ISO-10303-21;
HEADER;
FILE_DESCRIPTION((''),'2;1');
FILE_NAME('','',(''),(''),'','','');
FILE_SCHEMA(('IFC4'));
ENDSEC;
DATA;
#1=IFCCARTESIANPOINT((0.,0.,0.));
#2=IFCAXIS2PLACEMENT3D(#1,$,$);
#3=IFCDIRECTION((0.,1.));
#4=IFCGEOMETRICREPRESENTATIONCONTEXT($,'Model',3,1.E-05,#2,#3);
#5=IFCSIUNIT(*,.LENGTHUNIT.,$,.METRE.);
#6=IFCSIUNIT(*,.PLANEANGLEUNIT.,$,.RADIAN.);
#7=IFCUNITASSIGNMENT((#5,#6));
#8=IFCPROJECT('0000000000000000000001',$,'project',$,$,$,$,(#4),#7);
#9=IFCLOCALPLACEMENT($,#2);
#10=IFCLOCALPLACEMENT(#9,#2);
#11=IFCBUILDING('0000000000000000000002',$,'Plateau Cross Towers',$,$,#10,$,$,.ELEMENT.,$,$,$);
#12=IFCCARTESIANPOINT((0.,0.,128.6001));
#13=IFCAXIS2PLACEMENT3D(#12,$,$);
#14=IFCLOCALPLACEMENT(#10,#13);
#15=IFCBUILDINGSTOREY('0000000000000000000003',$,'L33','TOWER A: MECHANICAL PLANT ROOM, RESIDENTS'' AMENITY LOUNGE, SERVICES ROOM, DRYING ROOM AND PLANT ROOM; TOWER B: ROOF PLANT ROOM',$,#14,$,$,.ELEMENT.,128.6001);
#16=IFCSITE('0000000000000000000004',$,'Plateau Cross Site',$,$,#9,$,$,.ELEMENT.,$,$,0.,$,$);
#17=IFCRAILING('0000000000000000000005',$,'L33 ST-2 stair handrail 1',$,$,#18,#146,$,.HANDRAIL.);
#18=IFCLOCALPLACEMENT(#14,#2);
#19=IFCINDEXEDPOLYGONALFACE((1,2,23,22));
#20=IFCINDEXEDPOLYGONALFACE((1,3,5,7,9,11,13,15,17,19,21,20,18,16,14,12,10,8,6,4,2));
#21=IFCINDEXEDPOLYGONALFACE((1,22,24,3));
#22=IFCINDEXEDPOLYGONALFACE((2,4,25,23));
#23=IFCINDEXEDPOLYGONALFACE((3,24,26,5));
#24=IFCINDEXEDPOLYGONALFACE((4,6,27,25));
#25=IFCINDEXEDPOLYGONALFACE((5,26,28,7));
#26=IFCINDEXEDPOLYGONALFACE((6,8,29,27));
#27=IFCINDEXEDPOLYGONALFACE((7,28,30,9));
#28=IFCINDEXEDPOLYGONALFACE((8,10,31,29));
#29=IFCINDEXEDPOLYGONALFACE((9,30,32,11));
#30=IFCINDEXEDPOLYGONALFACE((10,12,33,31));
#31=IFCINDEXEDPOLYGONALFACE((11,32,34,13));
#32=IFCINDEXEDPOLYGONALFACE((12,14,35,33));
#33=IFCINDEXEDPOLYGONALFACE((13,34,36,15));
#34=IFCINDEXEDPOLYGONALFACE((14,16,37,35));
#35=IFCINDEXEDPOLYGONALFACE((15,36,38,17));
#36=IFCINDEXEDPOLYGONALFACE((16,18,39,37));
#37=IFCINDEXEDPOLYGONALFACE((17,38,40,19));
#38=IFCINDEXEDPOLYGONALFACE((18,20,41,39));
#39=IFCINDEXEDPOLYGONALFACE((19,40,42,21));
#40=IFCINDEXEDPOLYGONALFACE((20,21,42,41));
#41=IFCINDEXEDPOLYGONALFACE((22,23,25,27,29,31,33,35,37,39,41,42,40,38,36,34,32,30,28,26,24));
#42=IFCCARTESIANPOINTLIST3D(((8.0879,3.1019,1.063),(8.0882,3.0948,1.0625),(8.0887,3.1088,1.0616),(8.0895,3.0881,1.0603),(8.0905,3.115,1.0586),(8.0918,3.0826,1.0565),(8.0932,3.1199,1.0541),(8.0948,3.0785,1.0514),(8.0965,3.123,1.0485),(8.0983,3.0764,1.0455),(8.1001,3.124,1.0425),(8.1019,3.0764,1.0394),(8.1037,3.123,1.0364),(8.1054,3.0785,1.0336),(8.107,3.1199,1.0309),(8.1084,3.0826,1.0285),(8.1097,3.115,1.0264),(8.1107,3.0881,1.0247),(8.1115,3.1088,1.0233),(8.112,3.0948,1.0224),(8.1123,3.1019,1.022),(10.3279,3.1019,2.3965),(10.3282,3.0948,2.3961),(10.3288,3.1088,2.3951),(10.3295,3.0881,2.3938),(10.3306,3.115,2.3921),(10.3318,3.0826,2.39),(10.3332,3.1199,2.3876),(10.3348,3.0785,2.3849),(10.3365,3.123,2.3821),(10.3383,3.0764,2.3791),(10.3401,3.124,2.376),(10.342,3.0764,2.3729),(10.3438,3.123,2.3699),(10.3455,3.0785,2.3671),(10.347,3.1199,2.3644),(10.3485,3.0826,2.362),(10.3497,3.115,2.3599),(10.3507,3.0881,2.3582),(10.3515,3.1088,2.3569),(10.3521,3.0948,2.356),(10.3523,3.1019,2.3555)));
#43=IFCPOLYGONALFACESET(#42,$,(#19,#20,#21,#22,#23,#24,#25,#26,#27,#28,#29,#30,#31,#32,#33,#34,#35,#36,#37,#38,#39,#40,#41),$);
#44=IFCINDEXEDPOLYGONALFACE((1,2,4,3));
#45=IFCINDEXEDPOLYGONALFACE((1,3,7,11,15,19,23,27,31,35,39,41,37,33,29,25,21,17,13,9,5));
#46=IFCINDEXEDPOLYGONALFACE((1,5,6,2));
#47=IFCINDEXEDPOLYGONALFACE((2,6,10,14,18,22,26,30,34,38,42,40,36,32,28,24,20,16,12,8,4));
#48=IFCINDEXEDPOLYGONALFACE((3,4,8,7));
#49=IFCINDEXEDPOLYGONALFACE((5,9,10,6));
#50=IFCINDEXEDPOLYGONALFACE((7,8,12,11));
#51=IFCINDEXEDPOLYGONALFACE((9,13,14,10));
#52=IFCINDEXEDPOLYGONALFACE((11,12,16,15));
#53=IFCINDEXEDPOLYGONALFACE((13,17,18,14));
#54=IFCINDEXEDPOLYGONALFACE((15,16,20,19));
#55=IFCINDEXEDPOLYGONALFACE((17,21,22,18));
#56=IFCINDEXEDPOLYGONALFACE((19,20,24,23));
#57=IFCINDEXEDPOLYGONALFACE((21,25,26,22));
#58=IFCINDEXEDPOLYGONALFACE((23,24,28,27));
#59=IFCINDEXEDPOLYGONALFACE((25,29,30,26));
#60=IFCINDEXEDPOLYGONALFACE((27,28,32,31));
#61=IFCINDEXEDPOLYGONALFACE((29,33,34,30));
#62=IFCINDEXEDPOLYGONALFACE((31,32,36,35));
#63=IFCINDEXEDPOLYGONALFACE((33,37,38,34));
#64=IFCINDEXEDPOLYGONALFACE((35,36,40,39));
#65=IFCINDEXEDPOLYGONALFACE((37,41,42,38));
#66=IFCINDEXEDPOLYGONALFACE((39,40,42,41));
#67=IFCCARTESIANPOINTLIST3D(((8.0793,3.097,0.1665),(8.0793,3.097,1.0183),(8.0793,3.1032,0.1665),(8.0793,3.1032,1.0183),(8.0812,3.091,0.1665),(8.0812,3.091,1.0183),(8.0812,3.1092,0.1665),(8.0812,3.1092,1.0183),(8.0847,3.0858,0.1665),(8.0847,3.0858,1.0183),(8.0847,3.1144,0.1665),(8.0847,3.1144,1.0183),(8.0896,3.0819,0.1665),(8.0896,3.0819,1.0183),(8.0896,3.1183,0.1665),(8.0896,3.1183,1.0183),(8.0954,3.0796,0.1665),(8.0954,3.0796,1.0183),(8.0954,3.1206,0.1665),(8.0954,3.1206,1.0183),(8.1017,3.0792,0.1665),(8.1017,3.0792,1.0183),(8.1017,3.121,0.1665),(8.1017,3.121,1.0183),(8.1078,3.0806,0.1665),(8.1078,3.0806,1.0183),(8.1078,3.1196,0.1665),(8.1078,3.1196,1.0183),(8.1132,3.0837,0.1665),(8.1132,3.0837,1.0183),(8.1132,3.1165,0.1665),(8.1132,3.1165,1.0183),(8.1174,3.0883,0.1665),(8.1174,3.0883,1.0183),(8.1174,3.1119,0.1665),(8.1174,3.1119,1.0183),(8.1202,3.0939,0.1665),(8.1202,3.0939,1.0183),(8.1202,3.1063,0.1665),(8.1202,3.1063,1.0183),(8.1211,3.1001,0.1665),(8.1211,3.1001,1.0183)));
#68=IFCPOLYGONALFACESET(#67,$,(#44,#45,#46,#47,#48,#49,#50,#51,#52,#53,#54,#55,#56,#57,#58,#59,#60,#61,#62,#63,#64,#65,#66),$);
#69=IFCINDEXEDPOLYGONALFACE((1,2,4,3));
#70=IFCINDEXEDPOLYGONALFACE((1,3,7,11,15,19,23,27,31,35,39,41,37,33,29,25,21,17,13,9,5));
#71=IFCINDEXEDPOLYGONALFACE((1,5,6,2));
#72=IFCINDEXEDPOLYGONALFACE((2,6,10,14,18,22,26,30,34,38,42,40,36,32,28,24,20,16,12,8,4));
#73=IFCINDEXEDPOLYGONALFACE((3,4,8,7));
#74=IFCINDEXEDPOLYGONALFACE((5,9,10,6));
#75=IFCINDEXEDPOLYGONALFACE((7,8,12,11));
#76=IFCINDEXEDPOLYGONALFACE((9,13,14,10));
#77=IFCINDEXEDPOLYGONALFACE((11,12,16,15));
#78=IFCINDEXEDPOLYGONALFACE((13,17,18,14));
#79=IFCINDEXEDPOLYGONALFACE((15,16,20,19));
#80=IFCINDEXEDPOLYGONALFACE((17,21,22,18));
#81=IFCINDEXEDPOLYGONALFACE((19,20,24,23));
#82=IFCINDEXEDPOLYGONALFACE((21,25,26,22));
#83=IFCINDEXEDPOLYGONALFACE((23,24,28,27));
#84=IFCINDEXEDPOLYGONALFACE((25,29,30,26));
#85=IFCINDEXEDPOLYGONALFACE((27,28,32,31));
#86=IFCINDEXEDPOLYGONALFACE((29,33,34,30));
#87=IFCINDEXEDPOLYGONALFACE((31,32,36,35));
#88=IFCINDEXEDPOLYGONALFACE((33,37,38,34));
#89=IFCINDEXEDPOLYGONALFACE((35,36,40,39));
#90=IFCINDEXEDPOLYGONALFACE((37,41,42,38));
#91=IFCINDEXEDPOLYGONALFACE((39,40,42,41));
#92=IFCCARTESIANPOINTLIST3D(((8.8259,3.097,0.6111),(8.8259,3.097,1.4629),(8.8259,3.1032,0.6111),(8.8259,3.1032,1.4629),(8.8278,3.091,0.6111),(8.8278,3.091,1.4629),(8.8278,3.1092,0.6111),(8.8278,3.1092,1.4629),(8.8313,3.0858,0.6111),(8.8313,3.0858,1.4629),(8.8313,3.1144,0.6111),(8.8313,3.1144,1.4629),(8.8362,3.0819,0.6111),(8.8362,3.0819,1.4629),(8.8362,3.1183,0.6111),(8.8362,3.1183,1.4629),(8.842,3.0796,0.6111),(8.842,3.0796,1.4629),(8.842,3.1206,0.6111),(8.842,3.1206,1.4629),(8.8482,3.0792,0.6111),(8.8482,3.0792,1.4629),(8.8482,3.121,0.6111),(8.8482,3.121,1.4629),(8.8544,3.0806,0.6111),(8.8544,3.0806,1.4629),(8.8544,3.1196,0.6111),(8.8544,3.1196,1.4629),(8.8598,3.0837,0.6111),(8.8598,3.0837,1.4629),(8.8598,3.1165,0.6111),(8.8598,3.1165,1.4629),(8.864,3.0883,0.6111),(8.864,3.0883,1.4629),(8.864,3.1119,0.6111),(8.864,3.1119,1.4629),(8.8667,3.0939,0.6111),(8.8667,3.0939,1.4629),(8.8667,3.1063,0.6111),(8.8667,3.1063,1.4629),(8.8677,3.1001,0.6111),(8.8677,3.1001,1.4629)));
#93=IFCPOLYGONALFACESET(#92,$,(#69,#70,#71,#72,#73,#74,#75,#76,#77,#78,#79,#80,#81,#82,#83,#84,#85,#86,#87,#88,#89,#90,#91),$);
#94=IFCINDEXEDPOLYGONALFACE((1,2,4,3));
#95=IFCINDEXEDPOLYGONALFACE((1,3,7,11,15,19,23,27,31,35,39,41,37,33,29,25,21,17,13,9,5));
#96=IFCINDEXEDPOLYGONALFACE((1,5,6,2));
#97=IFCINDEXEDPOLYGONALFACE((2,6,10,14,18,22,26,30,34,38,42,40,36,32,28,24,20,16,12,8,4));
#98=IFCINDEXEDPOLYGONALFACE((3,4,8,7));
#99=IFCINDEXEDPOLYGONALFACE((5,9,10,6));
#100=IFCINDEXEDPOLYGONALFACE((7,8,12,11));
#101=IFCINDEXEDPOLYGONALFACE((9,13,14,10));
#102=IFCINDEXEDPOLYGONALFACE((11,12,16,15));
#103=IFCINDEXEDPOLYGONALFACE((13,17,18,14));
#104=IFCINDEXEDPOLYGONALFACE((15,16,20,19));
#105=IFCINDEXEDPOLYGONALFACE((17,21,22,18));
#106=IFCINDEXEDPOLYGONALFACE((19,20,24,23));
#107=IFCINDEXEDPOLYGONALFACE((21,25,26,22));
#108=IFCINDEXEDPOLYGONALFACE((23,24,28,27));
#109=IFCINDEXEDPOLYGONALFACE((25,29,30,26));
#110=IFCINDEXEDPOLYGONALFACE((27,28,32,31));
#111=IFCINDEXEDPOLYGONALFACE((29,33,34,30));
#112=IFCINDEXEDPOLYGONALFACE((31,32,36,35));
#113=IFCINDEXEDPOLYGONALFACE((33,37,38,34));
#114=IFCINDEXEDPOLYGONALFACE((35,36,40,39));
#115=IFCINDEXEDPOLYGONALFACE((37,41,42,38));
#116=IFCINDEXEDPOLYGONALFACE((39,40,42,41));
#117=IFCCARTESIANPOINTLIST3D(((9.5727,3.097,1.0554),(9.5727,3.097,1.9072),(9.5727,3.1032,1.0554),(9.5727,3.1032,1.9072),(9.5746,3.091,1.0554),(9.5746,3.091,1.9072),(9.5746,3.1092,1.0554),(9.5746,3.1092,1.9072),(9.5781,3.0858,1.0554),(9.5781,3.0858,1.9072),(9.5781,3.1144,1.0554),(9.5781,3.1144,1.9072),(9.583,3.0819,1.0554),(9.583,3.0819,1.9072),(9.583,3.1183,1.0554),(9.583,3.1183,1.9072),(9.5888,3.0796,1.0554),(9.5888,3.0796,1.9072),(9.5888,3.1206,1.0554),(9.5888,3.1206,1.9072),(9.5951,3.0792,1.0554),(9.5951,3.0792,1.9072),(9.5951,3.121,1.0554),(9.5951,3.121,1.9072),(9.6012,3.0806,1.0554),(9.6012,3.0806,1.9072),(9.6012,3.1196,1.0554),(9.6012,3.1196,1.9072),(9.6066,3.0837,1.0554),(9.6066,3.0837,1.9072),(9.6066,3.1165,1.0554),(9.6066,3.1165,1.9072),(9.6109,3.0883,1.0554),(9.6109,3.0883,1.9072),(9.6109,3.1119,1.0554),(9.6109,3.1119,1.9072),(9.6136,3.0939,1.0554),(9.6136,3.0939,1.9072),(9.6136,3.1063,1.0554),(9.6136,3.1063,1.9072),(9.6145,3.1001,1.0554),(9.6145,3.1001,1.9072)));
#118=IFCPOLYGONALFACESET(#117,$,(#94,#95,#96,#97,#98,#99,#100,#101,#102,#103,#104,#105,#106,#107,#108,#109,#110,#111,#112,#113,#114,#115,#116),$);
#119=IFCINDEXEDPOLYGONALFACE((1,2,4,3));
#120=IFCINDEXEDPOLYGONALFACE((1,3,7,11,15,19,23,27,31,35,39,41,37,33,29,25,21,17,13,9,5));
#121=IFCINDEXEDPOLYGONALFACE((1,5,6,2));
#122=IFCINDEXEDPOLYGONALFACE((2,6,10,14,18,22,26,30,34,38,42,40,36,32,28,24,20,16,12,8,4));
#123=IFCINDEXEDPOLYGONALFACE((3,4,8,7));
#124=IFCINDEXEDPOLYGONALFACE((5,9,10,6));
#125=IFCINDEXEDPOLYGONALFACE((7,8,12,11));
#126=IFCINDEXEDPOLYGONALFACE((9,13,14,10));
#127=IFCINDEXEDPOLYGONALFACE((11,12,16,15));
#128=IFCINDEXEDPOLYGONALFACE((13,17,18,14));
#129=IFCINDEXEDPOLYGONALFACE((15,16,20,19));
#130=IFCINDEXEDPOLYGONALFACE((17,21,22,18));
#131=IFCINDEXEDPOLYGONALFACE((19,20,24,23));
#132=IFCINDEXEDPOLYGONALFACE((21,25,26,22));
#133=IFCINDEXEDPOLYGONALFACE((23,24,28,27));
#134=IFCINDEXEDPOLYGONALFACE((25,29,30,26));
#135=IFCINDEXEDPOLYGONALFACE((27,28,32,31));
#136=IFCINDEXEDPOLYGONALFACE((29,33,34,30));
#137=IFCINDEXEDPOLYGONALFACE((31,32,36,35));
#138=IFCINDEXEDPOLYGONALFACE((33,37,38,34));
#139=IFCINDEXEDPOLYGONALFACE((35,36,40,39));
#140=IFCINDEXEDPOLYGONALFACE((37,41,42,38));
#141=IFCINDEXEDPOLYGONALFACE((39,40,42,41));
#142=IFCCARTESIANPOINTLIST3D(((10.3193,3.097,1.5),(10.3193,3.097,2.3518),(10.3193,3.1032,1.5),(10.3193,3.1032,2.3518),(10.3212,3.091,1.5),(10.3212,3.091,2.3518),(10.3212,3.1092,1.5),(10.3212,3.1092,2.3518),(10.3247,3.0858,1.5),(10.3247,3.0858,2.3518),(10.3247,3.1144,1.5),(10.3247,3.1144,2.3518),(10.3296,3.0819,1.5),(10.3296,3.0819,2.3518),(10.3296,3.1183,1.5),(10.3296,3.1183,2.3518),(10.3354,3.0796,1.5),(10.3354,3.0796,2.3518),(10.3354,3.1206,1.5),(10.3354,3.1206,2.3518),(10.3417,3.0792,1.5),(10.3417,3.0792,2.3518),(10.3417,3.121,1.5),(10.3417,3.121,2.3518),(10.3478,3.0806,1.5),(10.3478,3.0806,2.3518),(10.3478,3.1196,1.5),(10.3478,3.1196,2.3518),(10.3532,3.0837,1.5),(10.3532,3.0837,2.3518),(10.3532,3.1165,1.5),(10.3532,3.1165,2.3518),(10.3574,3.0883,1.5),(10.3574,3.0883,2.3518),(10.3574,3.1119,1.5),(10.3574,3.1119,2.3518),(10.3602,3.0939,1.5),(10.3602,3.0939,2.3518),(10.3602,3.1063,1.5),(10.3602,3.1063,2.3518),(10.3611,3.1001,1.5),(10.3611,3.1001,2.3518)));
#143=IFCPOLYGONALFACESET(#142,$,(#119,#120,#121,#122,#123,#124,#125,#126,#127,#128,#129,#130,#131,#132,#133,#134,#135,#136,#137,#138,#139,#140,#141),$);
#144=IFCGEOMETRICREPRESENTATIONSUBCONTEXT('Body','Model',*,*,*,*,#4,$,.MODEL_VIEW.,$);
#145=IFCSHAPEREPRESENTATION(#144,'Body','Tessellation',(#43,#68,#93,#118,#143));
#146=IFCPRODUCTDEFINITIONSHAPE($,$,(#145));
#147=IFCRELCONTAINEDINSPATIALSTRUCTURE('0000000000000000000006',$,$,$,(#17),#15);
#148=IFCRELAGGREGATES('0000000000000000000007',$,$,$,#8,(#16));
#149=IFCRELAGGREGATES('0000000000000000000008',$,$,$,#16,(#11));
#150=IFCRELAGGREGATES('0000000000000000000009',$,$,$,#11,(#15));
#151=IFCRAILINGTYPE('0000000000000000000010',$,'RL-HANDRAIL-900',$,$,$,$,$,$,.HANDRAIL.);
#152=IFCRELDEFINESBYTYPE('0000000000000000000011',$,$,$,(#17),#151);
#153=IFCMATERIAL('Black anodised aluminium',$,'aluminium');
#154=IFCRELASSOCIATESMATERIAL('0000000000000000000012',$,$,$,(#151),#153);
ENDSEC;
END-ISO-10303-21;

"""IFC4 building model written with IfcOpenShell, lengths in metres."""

from ifc_helpers import new_model, si_unit, direction, frame, origin, origin_2d, place, context, subcontext, project, spatial, circle, extrude, material, type_object, element, save


model = new_model("IFC4")

# Units and contexts
model_context = context("Model", 3, precision=1e-05, world=origin(), true_north=direction((0.0, 1.0)))
body_context = subcontext(model_context, "Body", "Model", "MODEL_VIEW")
ifc_project = project(units=[si_unit("LENGTHUNIT", "METRE"), si_unit("PLANEANGLEUNIT", "RADIAN")], contexts=[model_context])

# Site, building, storey
site_placement = place(None, origin())
site = spatial("IfcSite", under=ifc_project, at=site_placement, Name="Plateau Cross Site", CompositionType="ELEMENT", RefElevation=0.0)
building_placement = place(site_placement, origin())
building = spatial("IfcBuilding", under=site, at=building_placement, Name="Plateau Cross Towers", CompositionType="ELEMENT")
storey_placement = place(building_placement, frame((0.0, 0.0, 128.6001)))
storey = spatial("IfcBuildingStorey", under=building, at=storey_placement, Name="L33", Description="TOWER A: MECHANICAL PLANT ROOM, RESIDENTS' AMENITY LOUNGE, SERVICES ROOM, DRYING ROOM AND PLANT ROOM; TOWER B: ROOF PLANT ROOM", CompositionType="ELEMENT", Elevation=128.6001)

# Shared definitions
ifc_material_1 = material(Name="Black anodised aluminium", Category="aluminium")

# Railing
railing_type_1 = type_object("IfcRailingType", Name="RL-HANDRAIL-900", PredefinedType="HANDRAIL", material=ifc_material_1)
for number, where, name in (
    (1, (8.1001, 3.1001, 0.1665), "L33 ST-2 stair handrail 1"),
):
    element("IfcRailing", number, at=place(storey_placement, frame(where)), inside=storey, type_object=railing_type_1, Name=name, PredefinedType="HANDRAIL", context=body_context, shape_type="SweptSolid", body=[
        extrude(circle(Radius=0.0239, at=origin_2d()), frame((0.0, 0.0, 0.876), z_axis=(0.859264, 0.0, 0.511532), x_axis=(0.0, 1.0, 0.0)), (0.0, 0.0, 1.0), 2.6069),
        extrude(circle(Radius=0.021, at=origin_2d()), origin(), (0.0, 0.0, 1.0), 0.8518),
        extrude(circle(Radius=0.021, at=origin_2d()), frame((0.7466, 0.0, 0.4446)), (0.0, 0.0, 1.0), 0.8518),
        extrude(circle(Radius=0.021, at=origin_2d()), frame((1.4934, 0.0, 0.8889)), (0.0, 0.0, 1.0), 0.8518),
        extrude(circle(Radius=0.021, at=origin_2d()), frame((2.24, 0.0, 1.3335)), (0.0, 0.0, 1.0), 0.8518),
    ])

save(model, "model.ifc")
